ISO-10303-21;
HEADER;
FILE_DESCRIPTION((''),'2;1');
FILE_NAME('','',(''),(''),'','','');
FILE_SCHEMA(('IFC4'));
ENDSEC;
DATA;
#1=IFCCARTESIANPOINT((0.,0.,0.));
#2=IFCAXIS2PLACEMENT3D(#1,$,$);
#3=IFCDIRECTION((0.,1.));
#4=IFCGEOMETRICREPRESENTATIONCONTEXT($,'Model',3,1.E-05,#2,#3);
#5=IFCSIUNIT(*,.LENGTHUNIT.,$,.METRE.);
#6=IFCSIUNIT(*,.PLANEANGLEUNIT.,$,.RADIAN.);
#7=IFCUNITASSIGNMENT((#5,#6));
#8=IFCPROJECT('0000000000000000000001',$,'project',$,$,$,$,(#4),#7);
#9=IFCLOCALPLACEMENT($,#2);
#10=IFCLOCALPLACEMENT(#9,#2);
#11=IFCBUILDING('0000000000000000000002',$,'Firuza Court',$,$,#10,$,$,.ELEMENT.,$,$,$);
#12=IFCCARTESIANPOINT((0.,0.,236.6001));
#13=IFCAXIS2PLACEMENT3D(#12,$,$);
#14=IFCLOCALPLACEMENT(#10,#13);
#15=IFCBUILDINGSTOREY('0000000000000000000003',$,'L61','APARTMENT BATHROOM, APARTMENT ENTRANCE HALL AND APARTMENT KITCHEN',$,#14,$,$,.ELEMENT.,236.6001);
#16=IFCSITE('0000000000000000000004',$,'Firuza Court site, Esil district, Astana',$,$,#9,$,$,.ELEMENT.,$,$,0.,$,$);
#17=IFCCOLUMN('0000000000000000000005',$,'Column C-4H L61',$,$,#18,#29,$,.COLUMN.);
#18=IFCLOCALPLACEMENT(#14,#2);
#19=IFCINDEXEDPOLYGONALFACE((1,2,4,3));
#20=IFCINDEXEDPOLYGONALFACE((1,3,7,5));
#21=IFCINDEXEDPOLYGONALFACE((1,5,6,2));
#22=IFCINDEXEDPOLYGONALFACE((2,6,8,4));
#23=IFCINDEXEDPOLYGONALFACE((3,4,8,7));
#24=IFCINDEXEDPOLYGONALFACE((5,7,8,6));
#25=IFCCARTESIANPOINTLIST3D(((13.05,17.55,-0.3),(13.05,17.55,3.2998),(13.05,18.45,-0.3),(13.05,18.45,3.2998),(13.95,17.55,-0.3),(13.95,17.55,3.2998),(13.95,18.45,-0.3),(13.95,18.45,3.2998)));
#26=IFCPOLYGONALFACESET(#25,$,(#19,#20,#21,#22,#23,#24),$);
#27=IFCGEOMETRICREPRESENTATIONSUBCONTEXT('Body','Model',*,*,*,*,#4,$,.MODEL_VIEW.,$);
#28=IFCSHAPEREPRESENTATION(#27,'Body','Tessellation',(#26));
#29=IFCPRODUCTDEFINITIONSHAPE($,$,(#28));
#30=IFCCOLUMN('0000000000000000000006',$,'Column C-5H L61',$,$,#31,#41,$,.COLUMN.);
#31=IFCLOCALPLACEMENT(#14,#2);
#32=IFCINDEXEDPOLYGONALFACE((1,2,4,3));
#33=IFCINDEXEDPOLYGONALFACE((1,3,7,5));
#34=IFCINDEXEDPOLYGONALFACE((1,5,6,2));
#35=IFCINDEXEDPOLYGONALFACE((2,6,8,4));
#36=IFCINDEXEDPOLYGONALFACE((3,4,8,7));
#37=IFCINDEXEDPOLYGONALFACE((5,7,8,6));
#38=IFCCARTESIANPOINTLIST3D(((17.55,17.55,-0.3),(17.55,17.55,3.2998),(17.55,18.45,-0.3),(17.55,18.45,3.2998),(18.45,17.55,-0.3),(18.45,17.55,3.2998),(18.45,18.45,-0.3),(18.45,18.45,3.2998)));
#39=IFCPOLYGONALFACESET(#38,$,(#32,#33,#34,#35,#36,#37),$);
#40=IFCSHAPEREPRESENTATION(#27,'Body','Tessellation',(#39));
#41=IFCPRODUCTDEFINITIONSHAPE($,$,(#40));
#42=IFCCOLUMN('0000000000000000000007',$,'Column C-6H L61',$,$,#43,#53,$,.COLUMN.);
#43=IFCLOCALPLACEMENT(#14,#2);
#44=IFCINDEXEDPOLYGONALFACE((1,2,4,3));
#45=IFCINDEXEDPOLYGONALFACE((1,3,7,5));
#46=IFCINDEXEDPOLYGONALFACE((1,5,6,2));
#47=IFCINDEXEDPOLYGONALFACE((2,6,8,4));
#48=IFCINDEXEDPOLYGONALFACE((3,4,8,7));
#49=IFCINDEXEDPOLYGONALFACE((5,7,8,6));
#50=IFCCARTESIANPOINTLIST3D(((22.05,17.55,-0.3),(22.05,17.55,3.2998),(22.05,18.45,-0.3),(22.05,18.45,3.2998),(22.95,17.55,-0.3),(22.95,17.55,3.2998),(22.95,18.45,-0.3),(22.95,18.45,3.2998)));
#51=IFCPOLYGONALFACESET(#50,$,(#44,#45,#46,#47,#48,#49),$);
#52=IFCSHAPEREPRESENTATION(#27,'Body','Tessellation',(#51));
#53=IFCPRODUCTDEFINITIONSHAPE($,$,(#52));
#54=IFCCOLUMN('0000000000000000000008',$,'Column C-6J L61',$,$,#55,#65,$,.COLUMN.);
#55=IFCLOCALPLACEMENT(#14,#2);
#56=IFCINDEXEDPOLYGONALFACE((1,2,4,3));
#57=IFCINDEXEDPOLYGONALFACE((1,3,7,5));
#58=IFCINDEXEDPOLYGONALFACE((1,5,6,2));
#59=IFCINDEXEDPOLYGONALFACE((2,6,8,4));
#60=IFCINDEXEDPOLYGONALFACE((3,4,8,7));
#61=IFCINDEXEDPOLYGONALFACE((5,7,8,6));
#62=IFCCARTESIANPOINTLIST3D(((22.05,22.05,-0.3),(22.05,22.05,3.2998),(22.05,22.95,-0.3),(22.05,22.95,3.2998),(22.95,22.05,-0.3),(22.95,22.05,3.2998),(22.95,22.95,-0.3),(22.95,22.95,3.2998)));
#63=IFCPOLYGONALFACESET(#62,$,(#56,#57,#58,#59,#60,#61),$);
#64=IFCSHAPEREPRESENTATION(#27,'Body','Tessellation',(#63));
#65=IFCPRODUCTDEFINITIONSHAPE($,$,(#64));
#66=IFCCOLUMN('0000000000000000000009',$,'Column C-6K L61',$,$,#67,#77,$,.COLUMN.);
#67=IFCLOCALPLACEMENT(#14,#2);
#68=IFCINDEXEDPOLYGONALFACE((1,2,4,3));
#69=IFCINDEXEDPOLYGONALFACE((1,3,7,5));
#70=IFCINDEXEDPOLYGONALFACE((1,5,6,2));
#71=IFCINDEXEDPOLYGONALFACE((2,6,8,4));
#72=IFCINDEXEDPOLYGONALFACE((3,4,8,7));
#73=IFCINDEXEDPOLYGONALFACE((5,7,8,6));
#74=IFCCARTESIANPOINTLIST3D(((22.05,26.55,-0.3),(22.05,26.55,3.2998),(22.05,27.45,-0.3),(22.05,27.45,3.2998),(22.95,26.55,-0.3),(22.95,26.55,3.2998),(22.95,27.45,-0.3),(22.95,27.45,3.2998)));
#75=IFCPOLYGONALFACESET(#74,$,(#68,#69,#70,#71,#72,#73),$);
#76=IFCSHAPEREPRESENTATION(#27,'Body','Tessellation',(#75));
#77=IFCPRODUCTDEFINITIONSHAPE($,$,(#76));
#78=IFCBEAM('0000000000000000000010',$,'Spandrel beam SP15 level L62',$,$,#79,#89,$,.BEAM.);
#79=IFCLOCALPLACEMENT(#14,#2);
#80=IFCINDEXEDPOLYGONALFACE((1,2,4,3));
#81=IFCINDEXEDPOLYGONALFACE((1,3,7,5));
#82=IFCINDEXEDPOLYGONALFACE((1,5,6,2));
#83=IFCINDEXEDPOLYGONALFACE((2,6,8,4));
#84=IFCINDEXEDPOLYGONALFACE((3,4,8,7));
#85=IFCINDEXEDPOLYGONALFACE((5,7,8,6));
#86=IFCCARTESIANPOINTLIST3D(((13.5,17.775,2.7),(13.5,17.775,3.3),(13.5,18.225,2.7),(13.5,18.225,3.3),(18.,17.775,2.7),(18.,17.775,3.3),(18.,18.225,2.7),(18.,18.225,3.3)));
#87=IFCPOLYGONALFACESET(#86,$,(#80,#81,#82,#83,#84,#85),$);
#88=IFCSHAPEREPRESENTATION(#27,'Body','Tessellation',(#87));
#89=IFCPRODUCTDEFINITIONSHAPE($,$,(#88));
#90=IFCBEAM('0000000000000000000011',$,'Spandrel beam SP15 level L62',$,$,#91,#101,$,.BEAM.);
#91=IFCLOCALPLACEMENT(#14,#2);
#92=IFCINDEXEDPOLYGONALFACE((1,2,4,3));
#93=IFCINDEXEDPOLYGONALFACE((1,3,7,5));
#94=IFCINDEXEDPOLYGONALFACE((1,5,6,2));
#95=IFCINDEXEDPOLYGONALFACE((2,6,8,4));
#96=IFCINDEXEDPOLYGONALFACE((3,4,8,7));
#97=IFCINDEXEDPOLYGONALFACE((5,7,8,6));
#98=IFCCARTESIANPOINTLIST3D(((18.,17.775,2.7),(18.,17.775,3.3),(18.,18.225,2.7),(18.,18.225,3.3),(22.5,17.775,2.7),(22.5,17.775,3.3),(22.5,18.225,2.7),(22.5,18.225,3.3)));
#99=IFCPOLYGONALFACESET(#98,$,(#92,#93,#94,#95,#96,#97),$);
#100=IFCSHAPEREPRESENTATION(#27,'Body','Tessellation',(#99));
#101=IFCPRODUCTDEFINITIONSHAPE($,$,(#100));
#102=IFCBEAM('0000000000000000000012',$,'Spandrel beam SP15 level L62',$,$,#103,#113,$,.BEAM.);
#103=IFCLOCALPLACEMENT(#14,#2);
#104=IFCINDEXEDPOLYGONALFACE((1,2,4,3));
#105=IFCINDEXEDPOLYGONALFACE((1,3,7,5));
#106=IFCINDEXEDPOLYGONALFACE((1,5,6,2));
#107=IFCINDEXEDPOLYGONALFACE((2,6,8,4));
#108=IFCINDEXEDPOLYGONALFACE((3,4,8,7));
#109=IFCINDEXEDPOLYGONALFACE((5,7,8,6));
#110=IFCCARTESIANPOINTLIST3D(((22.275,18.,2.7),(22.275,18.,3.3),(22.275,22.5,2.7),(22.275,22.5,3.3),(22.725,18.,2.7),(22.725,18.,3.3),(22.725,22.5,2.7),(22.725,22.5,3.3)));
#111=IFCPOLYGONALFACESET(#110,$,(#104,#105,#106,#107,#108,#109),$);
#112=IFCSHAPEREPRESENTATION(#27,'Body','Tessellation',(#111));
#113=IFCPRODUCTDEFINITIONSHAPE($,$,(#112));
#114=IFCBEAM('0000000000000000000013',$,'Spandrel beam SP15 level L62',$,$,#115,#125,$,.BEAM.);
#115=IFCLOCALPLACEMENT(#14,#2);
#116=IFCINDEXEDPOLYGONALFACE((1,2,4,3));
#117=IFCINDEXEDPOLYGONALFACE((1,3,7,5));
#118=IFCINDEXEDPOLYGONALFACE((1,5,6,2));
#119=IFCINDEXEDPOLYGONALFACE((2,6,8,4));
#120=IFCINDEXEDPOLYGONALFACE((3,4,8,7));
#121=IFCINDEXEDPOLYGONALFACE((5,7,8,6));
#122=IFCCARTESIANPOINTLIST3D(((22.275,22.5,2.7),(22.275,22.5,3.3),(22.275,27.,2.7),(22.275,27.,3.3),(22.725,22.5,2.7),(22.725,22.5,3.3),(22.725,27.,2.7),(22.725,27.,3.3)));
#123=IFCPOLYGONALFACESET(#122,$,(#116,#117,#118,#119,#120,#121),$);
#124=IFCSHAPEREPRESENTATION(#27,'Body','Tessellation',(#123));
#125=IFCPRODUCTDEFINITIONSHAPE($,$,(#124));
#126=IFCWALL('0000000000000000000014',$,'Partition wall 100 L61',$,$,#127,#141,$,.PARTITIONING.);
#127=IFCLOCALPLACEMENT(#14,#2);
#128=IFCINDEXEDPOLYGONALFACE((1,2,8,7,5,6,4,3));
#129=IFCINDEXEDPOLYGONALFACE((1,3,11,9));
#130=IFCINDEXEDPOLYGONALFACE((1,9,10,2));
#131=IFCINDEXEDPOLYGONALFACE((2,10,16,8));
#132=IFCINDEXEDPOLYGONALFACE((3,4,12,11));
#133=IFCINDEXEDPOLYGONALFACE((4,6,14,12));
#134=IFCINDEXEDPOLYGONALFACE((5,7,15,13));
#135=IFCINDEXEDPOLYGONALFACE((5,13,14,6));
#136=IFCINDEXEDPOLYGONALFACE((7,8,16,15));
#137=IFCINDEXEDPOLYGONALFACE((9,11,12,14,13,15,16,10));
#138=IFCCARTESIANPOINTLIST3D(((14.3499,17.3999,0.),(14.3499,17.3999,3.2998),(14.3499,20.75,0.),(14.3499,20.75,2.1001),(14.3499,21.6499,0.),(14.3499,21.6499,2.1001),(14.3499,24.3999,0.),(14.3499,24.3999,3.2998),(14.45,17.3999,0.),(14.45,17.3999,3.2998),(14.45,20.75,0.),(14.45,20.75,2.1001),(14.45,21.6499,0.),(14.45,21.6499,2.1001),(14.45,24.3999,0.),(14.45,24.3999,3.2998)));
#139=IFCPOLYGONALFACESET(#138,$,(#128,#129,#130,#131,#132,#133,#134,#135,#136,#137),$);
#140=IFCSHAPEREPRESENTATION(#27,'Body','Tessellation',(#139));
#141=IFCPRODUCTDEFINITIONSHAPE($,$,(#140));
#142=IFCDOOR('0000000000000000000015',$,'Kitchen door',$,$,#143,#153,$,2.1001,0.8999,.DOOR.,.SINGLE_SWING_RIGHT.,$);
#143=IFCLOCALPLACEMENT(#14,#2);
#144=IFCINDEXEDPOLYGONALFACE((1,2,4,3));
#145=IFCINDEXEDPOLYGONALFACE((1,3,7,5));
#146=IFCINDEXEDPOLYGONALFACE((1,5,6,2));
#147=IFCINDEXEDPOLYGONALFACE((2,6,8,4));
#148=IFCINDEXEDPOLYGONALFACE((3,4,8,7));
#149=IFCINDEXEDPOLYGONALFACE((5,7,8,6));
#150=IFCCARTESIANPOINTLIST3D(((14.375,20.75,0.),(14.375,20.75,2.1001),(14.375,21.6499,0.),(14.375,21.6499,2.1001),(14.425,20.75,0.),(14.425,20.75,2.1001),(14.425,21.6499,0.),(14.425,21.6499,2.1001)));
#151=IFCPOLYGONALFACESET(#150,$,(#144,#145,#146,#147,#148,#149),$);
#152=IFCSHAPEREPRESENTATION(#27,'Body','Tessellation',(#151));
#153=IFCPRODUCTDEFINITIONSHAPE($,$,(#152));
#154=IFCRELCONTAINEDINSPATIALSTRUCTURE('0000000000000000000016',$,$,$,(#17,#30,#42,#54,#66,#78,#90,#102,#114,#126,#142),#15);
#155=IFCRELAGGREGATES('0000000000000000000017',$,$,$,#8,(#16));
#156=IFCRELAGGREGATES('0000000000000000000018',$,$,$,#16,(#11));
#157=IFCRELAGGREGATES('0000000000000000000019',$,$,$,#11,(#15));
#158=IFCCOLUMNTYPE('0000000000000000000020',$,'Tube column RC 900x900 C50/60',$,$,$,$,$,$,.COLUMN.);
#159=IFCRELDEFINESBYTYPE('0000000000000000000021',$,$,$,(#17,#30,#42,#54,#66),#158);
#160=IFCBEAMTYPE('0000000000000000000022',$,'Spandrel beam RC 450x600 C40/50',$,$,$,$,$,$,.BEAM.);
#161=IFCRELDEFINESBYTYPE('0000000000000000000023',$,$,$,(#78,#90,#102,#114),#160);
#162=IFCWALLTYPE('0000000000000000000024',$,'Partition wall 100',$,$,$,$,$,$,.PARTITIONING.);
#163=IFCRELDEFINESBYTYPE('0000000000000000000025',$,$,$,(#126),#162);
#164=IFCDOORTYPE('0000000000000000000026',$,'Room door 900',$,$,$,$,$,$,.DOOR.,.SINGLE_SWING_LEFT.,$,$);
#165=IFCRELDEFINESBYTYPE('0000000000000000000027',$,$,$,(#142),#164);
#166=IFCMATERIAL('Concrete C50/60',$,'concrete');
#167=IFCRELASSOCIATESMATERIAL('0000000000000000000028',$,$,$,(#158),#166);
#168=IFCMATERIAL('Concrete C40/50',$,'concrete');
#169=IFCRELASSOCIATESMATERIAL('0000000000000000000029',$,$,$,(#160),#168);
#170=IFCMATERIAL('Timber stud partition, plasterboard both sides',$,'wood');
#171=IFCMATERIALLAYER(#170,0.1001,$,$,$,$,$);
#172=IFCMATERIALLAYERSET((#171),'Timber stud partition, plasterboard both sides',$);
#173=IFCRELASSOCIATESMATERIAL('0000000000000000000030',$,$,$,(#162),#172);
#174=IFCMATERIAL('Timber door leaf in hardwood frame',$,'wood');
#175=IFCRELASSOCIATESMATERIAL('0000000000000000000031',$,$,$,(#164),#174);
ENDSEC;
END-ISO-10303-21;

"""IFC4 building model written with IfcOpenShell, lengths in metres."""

from ifc_helpers import new_model, si_unit, direction, frame, frame_2d, origin, origin_2d, place, context, subcontext, project, spatial, rectangle, extrude, material, layer, layer_set, material_profile, profile_set, type_object, element, fill, save


model = new_model("IFC4")

# Units and contexts
model_context = context("Model", 3, precision=1e-05, world=origin(), true_north=direction((0.0, 1.0)))
body_context = subcontext(model_context, "Body", "Model", "MODEL_VIEW")
ifc_project = project(units=[si_unit("LENGTHUNIT", "METRE"), si_unit("PLANEANGLEUNIT", "RADIAN")], contexts=[model_context])

# Site, building, storey
site_placement = place(None, origin())
site = spatial("IfcSite", under=ifc_project, at=site_placement, Name="Firuza Court site, Esil district, Astana", CompositionType="ELEMENT", RefElevation=0.0)
building_placement = place(site_placement, origin())
building = spatial("IfcBuilding", under=site, at=building_placement, Name="Firuza Court", CompositionType="ELEMENT")
storey_placement = place(building_placement, frame((0.0, 0.0, 236.6001)))
storey = spatial("IfcBuildingStorey", under=building, at=storey_placement, Name="L61", Description="APARTMENT BATHROOM, APARTMENT ENTRANCE HALL AND APARTMENT KITCHEN", CompositionType="ELEMENT", Elevation=236.6001)

# Columns
ifc_material_1 = material(Name="Concrete C50/60", Category="concrete")
ifc_material_profile_1 = material_profile(ifc_material_1, rectangle(XDim=0.8999, YDim=0.8999, at=origin_2d()), Name="RC 900x900")
ifc_profile_set_1 = profile_set([ifc_material_profile_1], Name="Concrete C50/60")
column_type = type_object("IfcColumnType", Name="Tube column RC 900x900 C50/60", PredefinedType="COLUMN", material=ifc_profile_set_1)
for number, where, z_axis, x_axis, name in (
    (1, (13.5, 18.0, -0.3), (0.0, 0.0, 1.0), (1.0, 0.0, 0.0), "Column C-4H L61"),
    (2, (18.0, 18.0, -0.3), (0.0, 0.0, 1.0), (1.0, 0.0, 0.0), "Column C-5H L61"),
    (3, (22.5, 18.0, -0.3), (0.0, 0.0, 1.0), (1.0, 0.0, 0.0), "Column C-6H L61"),
    (4, (22.5, 22.5, -0.3), (0.0, 0.0, 1.0), (1.0, 0.0, 0.0), "Column C-6J L61"),
    (5, (22.5, 27.0, -0.3), (0.0, 0.0, 1.0), (1.0, 0.0, 0.0), "Column C-6K L61"),
):
    element("IfcColumn", number, at=place(storey_placement, frame(where, z_axis=z_axis, x_axis=x_axis)), inside=storey, type_object=column_type, Name=name, PredefinedType="COLUMN", context=body_context, shape_type="SweptSolid", body=[
        extrude(rectangle(XDim=0.8999, YDim=0.8999, at=origin_2d()), origin(), (0.0, 0.0, 1.0), 3.5999),
    ])

# Beams
ifc_material_2 = material(Name="Concrete C40/50", Category="concrete")
ifc_material_profile_2 = material_profile(ifc_material_2, rectangle(XDim=0.45, YDim=0.6001, at=origin_2d()), Name="RC 450x600")
ifc_profile_set_2 = profile_set([ifc_material_profile_2], Name="Concrete C40/50")
beam_type = type_object("IfcBeamType", Name="Spandrel beam RC 450x600 C40/50", PredefinedType="BEAM", material=ifc_profile_set_2)
for number, where, z_axis, x_axis, name in (
    (6, (13.5, 18.0, 3.0), (1.0, 0.0, 0.0), (0.0, 1.0, 0.0), "Spandrel beam SP15 level L62"),
    (7, (18.0, 18.0, 3.0), (1.0, 0.0, 0.0), (0.0, 1.0, 0.0), "Spandrel beam SP15 level L62"),
    (8, (22.5, 18.0, 3.0), (0.0, 1.0, 0.0), (-1.0, 0.0, 0.0), "Spandrel beam SP15 level L62"),
    (9, (22.5, 22.5, 3.0), (0.0, 1.0, 0.0), (-1.0, 0.0, 0.0), "Spandrel beam SP15 level L62"),
):
    element("IfcBeam", number, at=place(storey_placement, frame(where, z_axis=z_axis, x_axis=x_axis)), inside=storey, type_object=beam_type, Name=name, PredefinedType="BEAM", context=body_context, shape_type="SweptSolid", body=[
        extrude(rectangle(XDim=0.45, YDim=0.6001, at=origin_2d()), origin(), (0.0, 0.0, 1.0), 4.5),
    ])

# Wall, opening, door
ifc_material_3 = material(Name="Timber stud partition, plasterboard both sides", Category="wood")
ifc_layer = layer(ifc_material_3, 0.1001)
ifc_layer_set = layer_set([ifc_layer], Name="Timber stud partition, plasterboard both sides")
wall_type = type_object("IfcWallType", Name="Partition wall 100", PredefinedType="PARTITIONING", material=ifc_layer_set)
wall_1_placement = place(storey_placement, frame((14.3999, 17.3999, 0.0), z_axis=(0.0, 0.0, 1.0), x_axis=(0.0, 1.0, 0.0)))
wall_1 = element("IfcWall", 10, at=wall_1_placement, inside=storey, type_object=wall_type, Name="Partition wall 100 L61", PredefinedType="PARTITIONING", context=body_context, shape_type="SweptSolid", body=[
    extrude(rectangle(XDim=7.0, YDim=0.1001, at=frame_2d((3.5, 0.0))), origin(), (0.0, 0.0, 1.0), 3.2998),
])
opening_1_placement = place(wall_1_placement, frame((3.3501, 0.0, 0.0)))
opening_1 = element("IfcOpeningElement", 11, at=opening_1_placement, cuts=wall_1, PredefinedType="OPENING", context=body_context, shape_type="SweptSolid", body=[
    extrude(rectangle(XDim=0.8999, YDim=2.1001, at=frame_2d((0.45, 1.05))), frame((0.0, 0.062, 0.0), z_axis=(0.0, -1.0, 0.0), x_axis=(1.0, 0.0, 0.0)), (0.0, 0.0, 1.0), 0.124),
])
ifc_material_4 = material(Name="Timber door leaf in hardwood frame", Category="wood")
door_type_1 = type_object("IfcDoorType", Name="Room door 900", OperationType="SINGLE_SWING_LEFT", PredefinedType="DOOR", material=ifc_material_4)
door_1_placement = place(opening_1_placement, origin())
door_1 = element("IfcDoor", 12, at=door_1_placement, inside=storey, type_object=door_type_1, Name="Kitchen door", OperationType="SINGLE_SWING_RIGHT", OverallHeight=2.1001, OverallWidth=0.8999, PredefinedType="DOOR", context=body_context, shape_type="SweptSolid", body=[
    extrude(rectangle(XDim=0.8999, YDim=2.1001, at=frame_2d((0.45, 1.05))), frame((0.0, 0.0249, 0.0), z_axis=(0.0, -1.0, 0.0), x_axis=(1.0, 0.0, 0.0)), (0.0, 0.0, 1.0), 0.05),
])
fill(opening_1, door_1)

save(model, "model.ifc")
